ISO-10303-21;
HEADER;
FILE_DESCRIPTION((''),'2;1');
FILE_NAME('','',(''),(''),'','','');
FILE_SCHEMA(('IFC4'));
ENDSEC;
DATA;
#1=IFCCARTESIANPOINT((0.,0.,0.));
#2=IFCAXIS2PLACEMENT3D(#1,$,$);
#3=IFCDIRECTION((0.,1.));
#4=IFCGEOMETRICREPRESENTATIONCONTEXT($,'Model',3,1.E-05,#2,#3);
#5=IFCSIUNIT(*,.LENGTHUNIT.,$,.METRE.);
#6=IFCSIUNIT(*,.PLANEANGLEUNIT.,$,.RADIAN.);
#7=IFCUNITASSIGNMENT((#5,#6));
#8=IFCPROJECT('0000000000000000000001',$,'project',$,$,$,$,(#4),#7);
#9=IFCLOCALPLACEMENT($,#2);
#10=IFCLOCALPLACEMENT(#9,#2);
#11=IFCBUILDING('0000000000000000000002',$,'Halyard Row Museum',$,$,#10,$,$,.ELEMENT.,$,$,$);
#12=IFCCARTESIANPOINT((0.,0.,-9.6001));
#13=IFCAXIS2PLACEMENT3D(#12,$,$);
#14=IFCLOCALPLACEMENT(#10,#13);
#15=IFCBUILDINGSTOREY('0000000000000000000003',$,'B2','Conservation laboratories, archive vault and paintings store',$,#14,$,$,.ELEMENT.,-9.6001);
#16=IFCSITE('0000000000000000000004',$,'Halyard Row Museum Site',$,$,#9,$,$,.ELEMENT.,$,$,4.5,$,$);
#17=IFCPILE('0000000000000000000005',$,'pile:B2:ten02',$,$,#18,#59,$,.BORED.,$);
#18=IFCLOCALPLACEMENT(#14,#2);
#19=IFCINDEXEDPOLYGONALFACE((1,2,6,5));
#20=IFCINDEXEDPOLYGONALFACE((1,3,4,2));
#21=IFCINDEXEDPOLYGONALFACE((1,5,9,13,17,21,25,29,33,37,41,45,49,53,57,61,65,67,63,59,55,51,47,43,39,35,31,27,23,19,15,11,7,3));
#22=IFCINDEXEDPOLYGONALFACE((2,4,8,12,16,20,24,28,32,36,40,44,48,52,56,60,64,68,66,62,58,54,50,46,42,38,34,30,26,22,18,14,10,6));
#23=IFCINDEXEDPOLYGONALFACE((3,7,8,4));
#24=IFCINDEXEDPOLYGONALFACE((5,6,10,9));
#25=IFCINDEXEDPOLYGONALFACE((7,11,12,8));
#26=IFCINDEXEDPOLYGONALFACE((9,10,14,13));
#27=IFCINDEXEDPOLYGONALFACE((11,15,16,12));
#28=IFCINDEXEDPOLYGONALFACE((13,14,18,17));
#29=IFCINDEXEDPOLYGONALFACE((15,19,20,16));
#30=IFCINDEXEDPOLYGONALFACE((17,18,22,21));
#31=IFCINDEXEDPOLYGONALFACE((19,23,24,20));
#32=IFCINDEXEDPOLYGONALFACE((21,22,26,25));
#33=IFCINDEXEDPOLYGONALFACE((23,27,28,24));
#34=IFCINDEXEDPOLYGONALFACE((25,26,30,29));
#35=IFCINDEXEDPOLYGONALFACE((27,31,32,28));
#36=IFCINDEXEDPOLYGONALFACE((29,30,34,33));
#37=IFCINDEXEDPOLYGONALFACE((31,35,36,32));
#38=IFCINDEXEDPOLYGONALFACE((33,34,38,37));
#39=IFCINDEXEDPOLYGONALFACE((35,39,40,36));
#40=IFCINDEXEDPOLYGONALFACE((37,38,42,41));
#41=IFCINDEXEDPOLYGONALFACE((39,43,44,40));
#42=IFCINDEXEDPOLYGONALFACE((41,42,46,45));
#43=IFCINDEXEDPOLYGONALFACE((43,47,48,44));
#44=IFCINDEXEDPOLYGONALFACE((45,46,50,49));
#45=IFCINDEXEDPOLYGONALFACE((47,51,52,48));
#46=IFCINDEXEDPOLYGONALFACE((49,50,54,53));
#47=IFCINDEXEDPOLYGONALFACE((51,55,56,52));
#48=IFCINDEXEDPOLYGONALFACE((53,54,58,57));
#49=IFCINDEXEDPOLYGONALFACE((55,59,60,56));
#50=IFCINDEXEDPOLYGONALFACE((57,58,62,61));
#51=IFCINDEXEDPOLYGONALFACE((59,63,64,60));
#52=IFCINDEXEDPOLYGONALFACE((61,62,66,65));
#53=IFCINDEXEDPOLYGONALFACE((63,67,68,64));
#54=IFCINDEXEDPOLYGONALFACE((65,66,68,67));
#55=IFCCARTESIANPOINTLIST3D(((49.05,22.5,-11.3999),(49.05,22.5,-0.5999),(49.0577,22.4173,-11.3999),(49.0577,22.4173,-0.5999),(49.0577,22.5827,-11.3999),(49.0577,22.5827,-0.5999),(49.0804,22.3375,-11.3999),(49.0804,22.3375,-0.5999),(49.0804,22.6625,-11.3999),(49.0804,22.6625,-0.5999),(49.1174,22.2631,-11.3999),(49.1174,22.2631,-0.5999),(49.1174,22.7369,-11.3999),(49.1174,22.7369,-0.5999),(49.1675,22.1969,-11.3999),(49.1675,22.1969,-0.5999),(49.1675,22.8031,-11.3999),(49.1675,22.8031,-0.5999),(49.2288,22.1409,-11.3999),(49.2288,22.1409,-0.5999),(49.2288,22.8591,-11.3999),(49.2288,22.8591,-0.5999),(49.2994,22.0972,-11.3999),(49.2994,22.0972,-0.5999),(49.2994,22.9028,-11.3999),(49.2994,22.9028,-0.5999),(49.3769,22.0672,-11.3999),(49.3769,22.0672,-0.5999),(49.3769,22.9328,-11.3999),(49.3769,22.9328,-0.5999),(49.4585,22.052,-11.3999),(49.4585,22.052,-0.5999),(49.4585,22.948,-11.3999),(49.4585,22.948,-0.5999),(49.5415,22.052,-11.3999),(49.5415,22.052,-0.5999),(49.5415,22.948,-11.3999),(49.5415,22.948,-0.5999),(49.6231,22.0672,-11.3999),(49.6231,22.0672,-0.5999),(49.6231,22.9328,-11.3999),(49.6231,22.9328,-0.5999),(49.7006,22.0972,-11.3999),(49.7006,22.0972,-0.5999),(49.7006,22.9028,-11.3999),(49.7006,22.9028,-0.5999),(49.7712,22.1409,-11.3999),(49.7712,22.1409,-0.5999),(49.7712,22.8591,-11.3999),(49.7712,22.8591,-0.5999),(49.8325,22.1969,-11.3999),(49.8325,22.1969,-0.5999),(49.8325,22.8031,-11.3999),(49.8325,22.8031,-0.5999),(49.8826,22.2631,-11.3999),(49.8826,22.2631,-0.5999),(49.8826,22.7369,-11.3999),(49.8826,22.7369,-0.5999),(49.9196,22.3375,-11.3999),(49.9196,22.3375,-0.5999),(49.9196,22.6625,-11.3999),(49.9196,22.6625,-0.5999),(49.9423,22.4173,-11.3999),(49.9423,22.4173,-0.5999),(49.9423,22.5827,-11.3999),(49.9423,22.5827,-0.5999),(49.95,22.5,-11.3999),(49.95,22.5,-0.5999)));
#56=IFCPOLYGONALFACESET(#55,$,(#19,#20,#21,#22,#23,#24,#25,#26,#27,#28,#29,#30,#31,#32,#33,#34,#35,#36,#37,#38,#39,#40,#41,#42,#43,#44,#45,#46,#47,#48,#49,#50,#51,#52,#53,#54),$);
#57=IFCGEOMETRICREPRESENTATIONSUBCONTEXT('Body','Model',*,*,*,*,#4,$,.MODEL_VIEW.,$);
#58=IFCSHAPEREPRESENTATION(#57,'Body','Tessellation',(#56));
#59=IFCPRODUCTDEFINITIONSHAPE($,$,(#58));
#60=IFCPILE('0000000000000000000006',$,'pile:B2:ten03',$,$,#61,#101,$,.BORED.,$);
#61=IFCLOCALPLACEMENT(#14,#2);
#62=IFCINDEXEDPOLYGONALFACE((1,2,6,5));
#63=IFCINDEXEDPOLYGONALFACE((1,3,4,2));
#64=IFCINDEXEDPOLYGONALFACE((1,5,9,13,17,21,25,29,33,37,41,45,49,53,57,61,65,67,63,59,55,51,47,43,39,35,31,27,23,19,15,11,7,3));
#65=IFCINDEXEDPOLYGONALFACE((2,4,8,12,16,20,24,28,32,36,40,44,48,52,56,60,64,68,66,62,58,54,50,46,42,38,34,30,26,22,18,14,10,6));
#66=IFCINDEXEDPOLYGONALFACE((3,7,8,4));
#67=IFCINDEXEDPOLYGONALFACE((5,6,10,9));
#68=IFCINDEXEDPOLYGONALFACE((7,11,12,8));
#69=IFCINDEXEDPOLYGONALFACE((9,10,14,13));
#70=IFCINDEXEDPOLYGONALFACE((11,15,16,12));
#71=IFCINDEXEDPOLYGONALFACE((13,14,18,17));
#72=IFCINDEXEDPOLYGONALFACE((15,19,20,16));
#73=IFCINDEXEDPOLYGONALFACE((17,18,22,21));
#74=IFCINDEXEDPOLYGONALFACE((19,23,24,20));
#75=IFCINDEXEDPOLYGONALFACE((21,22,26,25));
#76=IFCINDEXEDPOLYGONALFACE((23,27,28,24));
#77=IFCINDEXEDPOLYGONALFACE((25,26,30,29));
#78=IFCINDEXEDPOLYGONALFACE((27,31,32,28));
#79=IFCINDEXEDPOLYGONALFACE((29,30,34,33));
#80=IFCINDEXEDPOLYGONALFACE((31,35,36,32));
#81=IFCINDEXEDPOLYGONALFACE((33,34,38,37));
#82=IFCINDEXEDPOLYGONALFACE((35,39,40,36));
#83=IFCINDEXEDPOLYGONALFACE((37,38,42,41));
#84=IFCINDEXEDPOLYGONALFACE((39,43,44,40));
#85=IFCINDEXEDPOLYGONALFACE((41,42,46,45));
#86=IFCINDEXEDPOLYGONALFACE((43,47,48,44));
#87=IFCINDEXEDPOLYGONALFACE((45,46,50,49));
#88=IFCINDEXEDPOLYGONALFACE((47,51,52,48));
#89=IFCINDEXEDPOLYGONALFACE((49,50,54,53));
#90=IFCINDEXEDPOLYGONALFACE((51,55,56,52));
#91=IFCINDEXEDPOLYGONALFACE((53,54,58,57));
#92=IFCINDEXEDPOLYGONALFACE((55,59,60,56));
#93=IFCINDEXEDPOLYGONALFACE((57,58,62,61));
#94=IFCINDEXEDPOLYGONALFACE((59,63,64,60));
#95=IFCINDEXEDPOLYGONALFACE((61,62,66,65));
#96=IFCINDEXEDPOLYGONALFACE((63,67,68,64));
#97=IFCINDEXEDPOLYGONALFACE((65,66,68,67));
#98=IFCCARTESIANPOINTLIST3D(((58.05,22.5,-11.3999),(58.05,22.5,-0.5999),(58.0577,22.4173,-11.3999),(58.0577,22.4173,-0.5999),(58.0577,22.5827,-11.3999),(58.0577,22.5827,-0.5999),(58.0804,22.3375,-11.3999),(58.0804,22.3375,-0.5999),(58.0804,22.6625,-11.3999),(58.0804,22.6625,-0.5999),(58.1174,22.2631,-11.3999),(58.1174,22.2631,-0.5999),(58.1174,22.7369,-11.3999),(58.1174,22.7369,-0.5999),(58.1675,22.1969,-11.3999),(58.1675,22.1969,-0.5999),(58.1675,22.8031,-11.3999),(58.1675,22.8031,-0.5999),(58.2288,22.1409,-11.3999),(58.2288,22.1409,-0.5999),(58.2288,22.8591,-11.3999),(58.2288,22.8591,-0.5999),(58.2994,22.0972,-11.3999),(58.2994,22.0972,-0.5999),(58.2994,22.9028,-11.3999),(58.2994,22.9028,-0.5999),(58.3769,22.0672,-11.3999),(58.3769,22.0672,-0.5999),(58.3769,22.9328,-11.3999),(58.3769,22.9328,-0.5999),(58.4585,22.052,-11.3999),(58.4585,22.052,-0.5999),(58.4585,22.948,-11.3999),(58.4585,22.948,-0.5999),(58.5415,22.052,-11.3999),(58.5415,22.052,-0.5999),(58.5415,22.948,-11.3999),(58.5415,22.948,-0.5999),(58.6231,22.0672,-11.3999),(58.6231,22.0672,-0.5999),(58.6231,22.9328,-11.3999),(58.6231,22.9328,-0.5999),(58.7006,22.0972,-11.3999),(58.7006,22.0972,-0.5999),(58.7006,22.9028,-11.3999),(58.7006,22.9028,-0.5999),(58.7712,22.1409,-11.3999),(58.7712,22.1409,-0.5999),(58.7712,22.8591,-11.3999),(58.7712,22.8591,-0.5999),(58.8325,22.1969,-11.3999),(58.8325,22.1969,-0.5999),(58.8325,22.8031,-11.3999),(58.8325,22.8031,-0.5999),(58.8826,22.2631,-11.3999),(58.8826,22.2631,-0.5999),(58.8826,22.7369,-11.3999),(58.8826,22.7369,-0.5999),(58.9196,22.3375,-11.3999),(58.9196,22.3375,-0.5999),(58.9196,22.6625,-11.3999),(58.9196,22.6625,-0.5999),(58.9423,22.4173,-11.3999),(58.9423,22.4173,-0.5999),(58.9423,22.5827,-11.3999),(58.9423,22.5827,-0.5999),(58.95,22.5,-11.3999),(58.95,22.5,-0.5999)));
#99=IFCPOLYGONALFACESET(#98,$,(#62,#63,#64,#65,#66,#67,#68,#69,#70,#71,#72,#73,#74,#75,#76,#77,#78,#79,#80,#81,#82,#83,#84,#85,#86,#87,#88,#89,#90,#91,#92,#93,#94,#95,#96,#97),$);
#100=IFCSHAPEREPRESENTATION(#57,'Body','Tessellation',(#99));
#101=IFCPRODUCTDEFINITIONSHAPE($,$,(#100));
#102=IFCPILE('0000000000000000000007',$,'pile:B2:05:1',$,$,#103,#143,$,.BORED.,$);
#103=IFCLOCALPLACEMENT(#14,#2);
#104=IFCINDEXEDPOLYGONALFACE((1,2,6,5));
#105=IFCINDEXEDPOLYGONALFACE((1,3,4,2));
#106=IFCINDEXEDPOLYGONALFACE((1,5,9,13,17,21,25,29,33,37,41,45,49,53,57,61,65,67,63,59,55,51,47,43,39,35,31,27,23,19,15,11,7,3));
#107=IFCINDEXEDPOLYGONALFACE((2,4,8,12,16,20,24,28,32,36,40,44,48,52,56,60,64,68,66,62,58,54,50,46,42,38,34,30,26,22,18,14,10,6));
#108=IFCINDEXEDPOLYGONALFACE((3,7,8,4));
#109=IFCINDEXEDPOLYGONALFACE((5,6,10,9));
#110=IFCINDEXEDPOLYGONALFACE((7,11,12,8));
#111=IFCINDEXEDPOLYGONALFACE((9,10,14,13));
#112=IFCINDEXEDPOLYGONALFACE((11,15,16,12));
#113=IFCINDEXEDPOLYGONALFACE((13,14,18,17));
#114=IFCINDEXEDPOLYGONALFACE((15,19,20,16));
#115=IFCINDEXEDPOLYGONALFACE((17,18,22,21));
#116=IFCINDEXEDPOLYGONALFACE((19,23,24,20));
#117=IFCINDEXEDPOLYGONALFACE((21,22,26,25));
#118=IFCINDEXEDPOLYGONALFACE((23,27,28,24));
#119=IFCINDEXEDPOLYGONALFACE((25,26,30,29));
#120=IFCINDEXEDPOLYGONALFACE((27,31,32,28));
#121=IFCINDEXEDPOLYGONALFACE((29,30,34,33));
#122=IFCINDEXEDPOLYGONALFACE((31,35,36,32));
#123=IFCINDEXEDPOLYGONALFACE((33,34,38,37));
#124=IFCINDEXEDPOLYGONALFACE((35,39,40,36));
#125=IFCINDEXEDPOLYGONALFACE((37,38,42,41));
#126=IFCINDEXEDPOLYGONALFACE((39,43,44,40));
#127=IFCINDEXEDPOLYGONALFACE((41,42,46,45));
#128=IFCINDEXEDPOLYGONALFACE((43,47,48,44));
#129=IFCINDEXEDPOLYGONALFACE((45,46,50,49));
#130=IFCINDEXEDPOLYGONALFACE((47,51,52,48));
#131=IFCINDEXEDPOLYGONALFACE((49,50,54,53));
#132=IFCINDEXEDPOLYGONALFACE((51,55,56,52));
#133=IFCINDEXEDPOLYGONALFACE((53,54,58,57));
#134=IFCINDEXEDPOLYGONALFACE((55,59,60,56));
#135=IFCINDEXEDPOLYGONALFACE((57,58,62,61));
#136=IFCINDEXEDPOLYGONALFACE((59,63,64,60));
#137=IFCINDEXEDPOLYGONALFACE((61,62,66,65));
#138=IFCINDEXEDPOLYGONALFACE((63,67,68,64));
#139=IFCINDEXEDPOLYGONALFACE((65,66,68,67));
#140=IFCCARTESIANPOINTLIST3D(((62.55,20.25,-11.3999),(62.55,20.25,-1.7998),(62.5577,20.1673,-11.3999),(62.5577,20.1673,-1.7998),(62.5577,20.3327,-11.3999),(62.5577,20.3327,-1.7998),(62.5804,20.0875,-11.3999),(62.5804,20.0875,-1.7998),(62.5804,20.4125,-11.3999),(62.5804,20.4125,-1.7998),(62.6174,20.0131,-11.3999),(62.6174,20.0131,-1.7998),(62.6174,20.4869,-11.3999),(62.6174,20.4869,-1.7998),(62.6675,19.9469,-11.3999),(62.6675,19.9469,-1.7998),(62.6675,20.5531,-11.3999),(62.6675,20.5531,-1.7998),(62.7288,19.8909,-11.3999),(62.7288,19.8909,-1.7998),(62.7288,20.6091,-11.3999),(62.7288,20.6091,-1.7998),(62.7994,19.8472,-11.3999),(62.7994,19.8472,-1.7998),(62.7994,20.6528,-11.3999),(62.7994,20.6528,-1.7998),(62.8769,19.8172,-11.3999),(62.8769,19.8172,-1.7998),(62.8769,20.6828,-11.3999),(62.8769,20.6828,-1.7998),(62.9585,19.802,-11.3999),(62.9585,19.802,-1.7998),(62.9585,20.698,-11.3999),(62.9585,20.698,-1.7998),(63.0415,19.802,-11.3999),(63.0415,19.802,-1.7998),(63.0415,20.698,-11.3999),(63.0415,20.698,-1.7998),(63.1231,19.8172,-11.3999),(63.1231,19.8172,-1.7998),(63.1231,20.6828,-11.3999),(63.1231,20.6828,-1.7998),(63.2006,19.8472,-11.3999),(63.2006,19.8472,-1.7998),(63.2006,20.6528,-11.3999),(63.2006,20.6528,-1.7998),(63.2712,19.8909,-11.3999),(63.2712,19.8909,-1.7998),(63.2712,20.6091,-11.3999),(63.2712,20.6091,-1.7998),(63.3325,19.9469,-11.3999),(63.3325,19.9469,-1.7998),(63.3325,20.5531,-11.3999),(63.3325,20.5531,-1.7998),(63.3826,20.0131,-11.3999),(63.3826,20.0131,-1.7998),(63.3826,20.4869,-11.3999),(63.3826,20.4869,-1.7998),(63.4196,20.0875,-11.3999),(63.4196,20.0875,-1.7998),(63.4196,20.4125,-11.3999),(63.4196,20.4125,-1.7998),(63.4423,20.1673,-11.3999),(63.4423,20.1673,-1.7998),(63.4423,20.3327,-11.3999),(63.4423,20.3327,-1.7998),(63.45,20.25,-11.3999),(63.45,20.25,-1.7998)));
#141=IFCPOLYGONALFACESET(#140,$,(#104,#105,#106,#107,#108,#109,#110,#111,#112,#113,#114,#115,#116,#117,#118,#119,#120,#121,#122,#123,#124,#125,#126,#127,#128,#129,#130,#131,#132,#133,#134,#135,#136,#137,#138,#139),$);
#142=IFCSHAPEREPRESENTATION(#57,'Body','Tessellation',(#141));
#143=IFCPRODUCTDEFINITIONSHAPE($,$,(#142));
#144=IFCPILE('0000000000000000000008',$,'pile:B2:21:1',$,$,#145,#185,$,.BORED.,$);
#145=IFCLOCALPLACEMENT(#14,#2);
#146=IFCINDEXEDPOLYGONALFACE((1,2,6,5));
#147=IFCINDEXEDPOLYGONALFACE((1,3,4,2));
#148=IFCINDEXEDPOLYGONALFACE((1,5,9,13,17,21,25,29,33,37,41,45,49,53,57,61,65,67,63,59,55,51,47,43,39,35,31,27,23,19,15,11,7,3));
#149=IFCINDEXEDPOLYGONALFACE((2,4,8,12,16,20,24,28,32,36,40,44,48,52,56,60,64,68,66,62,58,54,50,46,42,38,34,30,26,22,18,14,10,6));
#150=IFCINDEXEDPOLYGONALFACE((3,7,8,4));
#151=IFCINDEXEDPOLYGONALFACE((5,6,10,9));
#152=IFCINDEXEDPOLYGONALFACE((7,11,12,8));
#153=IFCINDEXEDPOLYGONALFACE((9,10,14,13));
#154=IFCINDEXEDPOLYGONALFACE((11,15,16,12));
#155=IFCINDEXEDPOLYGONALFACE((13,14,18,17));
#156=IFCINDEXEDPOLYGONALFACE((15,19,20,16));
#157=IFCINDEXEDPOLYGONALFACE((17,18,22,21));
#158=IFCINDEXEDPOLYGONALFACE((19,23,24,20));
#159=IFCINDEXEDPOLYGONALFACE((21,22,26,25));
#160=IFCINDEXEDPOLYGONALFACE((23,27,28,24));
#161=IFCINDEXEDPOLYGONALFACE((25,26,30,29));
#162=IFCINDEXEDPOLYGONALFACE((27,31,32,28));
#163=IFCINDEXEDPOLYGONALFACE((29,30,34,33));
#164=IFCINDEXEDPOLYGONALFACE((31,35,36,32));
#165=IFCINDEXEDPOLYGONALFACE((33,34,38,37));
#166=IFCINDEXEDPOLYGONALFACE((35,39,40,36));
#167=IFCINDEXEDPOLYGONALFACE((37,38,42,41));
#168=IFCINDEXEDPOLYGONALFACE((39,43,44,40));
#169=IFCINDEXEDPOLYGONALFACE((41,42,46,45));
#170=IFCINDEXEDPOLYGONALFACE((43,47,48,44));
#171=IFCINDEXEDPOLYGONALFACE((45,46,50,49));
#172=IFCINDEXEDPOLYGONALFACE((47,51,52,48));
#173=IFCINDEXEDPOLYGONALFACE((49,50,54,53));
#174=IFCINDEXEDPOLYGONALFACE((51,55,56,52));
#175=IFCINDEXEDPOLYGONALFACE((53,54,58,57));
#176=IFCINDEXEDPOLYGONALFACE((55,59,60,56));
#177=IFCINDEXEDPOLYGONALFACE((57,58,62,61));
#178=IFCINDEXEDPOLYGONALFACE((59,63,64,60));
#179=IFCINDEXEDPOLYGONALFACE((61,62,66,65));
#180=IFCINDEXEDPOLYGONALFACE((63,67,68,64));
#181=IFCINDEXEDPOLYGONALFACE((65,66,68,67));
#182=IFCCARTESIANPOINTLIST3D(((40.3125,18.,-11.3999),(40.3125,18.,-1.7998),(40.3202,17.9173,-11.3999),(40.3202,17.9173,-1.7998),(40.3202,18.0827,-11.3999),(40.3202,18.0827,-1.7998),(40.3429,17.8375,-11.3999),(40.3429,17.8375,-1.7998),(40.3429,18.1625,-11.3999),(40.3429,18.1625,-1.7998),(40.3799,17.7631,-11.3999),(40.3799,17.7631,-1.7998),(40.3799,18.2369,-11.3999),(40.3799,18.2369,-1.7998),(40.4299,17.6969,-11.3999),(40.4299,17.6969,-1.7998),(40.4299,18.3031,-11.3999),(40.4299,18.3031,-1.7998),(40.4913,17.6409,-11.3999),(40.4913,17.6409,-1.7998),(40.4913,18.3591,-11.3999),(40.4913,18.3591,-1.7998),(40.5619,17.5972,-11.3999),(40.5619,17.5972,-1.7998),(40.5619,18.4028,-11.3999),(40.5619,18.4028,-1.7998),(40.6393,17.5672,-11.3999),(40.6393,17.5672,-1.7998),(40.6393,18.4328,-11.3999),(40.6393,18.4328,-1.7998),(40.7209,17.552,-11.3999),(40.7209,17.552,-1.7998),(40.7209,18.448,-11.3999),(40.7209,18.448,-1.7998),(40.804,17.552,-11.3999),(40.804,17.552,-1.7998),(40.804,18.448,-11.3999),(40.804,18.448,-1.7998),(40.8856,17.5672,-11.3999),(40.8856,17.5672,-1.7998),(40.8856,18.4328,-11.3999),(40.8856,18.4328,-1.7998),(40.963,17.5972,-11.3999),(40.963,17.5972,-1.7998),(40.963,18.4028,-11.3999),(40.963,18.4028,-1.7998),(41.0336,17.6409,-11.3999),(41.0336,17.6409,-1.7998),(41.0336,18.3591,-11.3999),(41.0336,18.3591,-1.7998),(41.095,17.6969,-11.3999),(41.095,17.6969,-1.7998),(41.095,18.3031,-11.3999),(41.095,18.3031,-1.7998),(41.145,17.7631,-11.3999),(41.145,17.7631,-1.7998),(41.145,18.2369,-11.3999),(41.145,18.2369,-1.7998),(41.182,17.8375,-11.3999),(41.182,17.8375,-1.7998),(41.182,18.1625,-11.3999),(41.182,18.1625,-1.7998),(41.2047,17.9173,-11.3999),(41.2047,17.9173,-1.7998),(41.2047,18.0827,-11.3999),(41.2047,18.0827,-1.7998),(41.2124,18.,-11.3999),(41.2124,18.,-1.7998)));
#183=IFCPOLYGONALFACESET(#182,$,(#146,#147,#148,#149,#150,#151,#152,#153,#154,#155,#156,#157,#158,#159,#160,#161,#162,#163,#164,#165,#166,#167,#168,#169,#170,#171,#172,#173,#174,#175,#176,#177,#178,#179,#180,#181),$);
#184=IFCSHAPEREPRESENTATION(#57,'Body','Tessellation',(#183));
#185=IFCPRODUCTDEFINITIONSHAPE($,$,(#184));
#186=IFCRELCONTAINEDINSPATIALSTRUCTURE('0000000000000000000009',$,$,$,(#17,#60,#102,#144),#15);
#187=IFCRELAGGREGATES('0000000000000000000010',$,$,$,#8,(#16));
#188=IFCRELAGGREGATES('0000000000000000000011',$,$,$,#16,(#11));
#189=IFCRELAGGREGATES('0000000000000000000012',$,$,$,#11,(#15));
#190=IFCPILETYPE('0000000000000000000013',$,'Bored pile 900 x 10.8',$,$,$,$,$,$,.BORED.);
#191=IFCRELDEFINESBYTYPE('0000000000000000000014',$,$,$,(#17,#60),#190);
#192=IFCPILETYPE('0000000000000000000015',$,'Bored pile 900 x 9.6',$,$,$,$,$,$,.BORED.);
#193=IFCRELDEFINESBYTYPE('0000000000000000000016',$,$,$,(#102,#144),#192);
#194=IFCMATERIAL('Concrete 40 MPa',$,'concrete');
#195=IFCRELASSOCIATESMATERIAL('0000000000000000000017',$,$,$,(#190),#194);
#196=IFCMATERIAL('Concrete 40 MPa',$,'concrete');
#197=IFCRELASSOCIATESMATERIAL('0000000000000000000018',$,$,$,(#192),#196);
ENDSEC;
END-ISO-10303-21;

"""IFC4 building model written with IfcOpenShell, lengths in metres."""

from ifc_helpers import new_model, si_unit, direction, frame, origin, origin_2d, place, context, subcontext, project, spatial, circle, extrude, material, material_profile, profile_set, type_object, element, save


model = new_model("IFC4")

# Units and contexts
model_context = context("Model", 3, precision=1e-05, world=origin(), true_north=direction((0.0, 1.0)))
body_context = subcontext(model_context, "Body", "Model", "MODEL_VIEW")
ifc_project = project(units=[si_unit("LENGTHUNIT", "METRE"), si_unit("PLANEANGLEUNIT", "RADIAN")], contexts=[model_context])

# Site, building, storey
site_placement = place(None, origin())
site = spatial("IfcSite", under=ifc_project, at=site_placement, Name="Halyard Row Museum Site", CompositionType="ELEMENT", RefElevation=4.5)
building_placement = place(site_placement, origin())
building = spatial("IfcBuilding", under=site, at=building_placement, Name="Halyard Row Museum", CompositionType="ELEMENT")
storey_placement = place(building_placement, frame((0.0, 0.0, -9.6001)))
storey = spatial("IfcBuildingStorey", under=building, at=storey_placement, Name="B2", Description="Conservation laboratories, archive vault and paintings store", CompositionType="ELEMENT", Elevation=-9.6001)

# Piles
ifc_material_1 = material(Name="Concrete 40 MPa", Category="concrete")
ifc_material_profile_1 = material_profile(ifc_material_1, circle(Radius=0.45, at=origin_2d()), Name="Bored pile 900 x 10.8")
ifc_profile_set_1 = profile_set([ifc_material_profile_1], Name="Concrete 40 MPa")
pile_type_1 = type_object("IfcPileType", Name="Bored pile 900 x 10.8", PredefinedType="BORED", material=ifc_profile_set_1)
for number, where, z_axis, x_axis, name in (
    (1, (49.5, 22.5, -0.5999), (0.0, 0.0, -1.0), (1.0, 0.0, 0.0), "pile:B2:ten02"),
    (2, (58.5, 22.5, -0.5999), (0.0, 0.0, -1.0), (1.0, 0.0, 0.0), "pile:B2:ten03"),
):
    element("IfcPile", number, at=place(storey_placement, frame(where, z_axis=z_axis, x_axis=x_axis)), inside=storey, type_object=pile_type_1, Name=name, PredefinedType="BORED", context=body_context, shape_type="SweptSolid", body=[
        extrude(circle(Radius=0.45, at=origin_2d()), origin(), (0.0, 0.0, 1.0), 10.8),
    ])
ifc_material_2 = material(Name="Concrete 40 MPa", Category="concrete")
ifc_material_profile_2 = material_profile(ifc_material_2, circle(Radius=0.45, at=origin_2d()), Name="Bored pile 900 x 9.6")
ifc_profile_set_2 = profile_set([ifc_material_profile_2], Name="Concrete 40 MPa")
pile_type_2 = type_object("IfcPileType", Name="Bored pile 900 x 9.6", PredefinedType="BORED", material=ifc_profile_set_2)
for number, where, z_axis, x_axis, name in (
    (3, (63.0, 20.25, -1.7998), (0.0, 0.0, -1.0), (1.0, 0.0, 0.0), "pile:B2:05:1"),
    (4, (40.7625, 18.0, -1.7998), (0.0, 0.0, -1.0), (1.0, 0.0, 0.0), "pile:B2:21:1"),
):
    element("IfcPile", number, at=place(storey_placement, frame(where, z_axis=z_axis, x_axis=x_axis)), inside=storey, type_object=pile_type_2, Name=name, PredefinedType="BORED", context=body_context, shape_type="SweptSolid", body=[
        extrude(circle(Radius=0.45, at=origin_2d()), origin(), (0.0, 0.0, 1.0), 9.6001),
    ])

save(model, "model.ifc")
